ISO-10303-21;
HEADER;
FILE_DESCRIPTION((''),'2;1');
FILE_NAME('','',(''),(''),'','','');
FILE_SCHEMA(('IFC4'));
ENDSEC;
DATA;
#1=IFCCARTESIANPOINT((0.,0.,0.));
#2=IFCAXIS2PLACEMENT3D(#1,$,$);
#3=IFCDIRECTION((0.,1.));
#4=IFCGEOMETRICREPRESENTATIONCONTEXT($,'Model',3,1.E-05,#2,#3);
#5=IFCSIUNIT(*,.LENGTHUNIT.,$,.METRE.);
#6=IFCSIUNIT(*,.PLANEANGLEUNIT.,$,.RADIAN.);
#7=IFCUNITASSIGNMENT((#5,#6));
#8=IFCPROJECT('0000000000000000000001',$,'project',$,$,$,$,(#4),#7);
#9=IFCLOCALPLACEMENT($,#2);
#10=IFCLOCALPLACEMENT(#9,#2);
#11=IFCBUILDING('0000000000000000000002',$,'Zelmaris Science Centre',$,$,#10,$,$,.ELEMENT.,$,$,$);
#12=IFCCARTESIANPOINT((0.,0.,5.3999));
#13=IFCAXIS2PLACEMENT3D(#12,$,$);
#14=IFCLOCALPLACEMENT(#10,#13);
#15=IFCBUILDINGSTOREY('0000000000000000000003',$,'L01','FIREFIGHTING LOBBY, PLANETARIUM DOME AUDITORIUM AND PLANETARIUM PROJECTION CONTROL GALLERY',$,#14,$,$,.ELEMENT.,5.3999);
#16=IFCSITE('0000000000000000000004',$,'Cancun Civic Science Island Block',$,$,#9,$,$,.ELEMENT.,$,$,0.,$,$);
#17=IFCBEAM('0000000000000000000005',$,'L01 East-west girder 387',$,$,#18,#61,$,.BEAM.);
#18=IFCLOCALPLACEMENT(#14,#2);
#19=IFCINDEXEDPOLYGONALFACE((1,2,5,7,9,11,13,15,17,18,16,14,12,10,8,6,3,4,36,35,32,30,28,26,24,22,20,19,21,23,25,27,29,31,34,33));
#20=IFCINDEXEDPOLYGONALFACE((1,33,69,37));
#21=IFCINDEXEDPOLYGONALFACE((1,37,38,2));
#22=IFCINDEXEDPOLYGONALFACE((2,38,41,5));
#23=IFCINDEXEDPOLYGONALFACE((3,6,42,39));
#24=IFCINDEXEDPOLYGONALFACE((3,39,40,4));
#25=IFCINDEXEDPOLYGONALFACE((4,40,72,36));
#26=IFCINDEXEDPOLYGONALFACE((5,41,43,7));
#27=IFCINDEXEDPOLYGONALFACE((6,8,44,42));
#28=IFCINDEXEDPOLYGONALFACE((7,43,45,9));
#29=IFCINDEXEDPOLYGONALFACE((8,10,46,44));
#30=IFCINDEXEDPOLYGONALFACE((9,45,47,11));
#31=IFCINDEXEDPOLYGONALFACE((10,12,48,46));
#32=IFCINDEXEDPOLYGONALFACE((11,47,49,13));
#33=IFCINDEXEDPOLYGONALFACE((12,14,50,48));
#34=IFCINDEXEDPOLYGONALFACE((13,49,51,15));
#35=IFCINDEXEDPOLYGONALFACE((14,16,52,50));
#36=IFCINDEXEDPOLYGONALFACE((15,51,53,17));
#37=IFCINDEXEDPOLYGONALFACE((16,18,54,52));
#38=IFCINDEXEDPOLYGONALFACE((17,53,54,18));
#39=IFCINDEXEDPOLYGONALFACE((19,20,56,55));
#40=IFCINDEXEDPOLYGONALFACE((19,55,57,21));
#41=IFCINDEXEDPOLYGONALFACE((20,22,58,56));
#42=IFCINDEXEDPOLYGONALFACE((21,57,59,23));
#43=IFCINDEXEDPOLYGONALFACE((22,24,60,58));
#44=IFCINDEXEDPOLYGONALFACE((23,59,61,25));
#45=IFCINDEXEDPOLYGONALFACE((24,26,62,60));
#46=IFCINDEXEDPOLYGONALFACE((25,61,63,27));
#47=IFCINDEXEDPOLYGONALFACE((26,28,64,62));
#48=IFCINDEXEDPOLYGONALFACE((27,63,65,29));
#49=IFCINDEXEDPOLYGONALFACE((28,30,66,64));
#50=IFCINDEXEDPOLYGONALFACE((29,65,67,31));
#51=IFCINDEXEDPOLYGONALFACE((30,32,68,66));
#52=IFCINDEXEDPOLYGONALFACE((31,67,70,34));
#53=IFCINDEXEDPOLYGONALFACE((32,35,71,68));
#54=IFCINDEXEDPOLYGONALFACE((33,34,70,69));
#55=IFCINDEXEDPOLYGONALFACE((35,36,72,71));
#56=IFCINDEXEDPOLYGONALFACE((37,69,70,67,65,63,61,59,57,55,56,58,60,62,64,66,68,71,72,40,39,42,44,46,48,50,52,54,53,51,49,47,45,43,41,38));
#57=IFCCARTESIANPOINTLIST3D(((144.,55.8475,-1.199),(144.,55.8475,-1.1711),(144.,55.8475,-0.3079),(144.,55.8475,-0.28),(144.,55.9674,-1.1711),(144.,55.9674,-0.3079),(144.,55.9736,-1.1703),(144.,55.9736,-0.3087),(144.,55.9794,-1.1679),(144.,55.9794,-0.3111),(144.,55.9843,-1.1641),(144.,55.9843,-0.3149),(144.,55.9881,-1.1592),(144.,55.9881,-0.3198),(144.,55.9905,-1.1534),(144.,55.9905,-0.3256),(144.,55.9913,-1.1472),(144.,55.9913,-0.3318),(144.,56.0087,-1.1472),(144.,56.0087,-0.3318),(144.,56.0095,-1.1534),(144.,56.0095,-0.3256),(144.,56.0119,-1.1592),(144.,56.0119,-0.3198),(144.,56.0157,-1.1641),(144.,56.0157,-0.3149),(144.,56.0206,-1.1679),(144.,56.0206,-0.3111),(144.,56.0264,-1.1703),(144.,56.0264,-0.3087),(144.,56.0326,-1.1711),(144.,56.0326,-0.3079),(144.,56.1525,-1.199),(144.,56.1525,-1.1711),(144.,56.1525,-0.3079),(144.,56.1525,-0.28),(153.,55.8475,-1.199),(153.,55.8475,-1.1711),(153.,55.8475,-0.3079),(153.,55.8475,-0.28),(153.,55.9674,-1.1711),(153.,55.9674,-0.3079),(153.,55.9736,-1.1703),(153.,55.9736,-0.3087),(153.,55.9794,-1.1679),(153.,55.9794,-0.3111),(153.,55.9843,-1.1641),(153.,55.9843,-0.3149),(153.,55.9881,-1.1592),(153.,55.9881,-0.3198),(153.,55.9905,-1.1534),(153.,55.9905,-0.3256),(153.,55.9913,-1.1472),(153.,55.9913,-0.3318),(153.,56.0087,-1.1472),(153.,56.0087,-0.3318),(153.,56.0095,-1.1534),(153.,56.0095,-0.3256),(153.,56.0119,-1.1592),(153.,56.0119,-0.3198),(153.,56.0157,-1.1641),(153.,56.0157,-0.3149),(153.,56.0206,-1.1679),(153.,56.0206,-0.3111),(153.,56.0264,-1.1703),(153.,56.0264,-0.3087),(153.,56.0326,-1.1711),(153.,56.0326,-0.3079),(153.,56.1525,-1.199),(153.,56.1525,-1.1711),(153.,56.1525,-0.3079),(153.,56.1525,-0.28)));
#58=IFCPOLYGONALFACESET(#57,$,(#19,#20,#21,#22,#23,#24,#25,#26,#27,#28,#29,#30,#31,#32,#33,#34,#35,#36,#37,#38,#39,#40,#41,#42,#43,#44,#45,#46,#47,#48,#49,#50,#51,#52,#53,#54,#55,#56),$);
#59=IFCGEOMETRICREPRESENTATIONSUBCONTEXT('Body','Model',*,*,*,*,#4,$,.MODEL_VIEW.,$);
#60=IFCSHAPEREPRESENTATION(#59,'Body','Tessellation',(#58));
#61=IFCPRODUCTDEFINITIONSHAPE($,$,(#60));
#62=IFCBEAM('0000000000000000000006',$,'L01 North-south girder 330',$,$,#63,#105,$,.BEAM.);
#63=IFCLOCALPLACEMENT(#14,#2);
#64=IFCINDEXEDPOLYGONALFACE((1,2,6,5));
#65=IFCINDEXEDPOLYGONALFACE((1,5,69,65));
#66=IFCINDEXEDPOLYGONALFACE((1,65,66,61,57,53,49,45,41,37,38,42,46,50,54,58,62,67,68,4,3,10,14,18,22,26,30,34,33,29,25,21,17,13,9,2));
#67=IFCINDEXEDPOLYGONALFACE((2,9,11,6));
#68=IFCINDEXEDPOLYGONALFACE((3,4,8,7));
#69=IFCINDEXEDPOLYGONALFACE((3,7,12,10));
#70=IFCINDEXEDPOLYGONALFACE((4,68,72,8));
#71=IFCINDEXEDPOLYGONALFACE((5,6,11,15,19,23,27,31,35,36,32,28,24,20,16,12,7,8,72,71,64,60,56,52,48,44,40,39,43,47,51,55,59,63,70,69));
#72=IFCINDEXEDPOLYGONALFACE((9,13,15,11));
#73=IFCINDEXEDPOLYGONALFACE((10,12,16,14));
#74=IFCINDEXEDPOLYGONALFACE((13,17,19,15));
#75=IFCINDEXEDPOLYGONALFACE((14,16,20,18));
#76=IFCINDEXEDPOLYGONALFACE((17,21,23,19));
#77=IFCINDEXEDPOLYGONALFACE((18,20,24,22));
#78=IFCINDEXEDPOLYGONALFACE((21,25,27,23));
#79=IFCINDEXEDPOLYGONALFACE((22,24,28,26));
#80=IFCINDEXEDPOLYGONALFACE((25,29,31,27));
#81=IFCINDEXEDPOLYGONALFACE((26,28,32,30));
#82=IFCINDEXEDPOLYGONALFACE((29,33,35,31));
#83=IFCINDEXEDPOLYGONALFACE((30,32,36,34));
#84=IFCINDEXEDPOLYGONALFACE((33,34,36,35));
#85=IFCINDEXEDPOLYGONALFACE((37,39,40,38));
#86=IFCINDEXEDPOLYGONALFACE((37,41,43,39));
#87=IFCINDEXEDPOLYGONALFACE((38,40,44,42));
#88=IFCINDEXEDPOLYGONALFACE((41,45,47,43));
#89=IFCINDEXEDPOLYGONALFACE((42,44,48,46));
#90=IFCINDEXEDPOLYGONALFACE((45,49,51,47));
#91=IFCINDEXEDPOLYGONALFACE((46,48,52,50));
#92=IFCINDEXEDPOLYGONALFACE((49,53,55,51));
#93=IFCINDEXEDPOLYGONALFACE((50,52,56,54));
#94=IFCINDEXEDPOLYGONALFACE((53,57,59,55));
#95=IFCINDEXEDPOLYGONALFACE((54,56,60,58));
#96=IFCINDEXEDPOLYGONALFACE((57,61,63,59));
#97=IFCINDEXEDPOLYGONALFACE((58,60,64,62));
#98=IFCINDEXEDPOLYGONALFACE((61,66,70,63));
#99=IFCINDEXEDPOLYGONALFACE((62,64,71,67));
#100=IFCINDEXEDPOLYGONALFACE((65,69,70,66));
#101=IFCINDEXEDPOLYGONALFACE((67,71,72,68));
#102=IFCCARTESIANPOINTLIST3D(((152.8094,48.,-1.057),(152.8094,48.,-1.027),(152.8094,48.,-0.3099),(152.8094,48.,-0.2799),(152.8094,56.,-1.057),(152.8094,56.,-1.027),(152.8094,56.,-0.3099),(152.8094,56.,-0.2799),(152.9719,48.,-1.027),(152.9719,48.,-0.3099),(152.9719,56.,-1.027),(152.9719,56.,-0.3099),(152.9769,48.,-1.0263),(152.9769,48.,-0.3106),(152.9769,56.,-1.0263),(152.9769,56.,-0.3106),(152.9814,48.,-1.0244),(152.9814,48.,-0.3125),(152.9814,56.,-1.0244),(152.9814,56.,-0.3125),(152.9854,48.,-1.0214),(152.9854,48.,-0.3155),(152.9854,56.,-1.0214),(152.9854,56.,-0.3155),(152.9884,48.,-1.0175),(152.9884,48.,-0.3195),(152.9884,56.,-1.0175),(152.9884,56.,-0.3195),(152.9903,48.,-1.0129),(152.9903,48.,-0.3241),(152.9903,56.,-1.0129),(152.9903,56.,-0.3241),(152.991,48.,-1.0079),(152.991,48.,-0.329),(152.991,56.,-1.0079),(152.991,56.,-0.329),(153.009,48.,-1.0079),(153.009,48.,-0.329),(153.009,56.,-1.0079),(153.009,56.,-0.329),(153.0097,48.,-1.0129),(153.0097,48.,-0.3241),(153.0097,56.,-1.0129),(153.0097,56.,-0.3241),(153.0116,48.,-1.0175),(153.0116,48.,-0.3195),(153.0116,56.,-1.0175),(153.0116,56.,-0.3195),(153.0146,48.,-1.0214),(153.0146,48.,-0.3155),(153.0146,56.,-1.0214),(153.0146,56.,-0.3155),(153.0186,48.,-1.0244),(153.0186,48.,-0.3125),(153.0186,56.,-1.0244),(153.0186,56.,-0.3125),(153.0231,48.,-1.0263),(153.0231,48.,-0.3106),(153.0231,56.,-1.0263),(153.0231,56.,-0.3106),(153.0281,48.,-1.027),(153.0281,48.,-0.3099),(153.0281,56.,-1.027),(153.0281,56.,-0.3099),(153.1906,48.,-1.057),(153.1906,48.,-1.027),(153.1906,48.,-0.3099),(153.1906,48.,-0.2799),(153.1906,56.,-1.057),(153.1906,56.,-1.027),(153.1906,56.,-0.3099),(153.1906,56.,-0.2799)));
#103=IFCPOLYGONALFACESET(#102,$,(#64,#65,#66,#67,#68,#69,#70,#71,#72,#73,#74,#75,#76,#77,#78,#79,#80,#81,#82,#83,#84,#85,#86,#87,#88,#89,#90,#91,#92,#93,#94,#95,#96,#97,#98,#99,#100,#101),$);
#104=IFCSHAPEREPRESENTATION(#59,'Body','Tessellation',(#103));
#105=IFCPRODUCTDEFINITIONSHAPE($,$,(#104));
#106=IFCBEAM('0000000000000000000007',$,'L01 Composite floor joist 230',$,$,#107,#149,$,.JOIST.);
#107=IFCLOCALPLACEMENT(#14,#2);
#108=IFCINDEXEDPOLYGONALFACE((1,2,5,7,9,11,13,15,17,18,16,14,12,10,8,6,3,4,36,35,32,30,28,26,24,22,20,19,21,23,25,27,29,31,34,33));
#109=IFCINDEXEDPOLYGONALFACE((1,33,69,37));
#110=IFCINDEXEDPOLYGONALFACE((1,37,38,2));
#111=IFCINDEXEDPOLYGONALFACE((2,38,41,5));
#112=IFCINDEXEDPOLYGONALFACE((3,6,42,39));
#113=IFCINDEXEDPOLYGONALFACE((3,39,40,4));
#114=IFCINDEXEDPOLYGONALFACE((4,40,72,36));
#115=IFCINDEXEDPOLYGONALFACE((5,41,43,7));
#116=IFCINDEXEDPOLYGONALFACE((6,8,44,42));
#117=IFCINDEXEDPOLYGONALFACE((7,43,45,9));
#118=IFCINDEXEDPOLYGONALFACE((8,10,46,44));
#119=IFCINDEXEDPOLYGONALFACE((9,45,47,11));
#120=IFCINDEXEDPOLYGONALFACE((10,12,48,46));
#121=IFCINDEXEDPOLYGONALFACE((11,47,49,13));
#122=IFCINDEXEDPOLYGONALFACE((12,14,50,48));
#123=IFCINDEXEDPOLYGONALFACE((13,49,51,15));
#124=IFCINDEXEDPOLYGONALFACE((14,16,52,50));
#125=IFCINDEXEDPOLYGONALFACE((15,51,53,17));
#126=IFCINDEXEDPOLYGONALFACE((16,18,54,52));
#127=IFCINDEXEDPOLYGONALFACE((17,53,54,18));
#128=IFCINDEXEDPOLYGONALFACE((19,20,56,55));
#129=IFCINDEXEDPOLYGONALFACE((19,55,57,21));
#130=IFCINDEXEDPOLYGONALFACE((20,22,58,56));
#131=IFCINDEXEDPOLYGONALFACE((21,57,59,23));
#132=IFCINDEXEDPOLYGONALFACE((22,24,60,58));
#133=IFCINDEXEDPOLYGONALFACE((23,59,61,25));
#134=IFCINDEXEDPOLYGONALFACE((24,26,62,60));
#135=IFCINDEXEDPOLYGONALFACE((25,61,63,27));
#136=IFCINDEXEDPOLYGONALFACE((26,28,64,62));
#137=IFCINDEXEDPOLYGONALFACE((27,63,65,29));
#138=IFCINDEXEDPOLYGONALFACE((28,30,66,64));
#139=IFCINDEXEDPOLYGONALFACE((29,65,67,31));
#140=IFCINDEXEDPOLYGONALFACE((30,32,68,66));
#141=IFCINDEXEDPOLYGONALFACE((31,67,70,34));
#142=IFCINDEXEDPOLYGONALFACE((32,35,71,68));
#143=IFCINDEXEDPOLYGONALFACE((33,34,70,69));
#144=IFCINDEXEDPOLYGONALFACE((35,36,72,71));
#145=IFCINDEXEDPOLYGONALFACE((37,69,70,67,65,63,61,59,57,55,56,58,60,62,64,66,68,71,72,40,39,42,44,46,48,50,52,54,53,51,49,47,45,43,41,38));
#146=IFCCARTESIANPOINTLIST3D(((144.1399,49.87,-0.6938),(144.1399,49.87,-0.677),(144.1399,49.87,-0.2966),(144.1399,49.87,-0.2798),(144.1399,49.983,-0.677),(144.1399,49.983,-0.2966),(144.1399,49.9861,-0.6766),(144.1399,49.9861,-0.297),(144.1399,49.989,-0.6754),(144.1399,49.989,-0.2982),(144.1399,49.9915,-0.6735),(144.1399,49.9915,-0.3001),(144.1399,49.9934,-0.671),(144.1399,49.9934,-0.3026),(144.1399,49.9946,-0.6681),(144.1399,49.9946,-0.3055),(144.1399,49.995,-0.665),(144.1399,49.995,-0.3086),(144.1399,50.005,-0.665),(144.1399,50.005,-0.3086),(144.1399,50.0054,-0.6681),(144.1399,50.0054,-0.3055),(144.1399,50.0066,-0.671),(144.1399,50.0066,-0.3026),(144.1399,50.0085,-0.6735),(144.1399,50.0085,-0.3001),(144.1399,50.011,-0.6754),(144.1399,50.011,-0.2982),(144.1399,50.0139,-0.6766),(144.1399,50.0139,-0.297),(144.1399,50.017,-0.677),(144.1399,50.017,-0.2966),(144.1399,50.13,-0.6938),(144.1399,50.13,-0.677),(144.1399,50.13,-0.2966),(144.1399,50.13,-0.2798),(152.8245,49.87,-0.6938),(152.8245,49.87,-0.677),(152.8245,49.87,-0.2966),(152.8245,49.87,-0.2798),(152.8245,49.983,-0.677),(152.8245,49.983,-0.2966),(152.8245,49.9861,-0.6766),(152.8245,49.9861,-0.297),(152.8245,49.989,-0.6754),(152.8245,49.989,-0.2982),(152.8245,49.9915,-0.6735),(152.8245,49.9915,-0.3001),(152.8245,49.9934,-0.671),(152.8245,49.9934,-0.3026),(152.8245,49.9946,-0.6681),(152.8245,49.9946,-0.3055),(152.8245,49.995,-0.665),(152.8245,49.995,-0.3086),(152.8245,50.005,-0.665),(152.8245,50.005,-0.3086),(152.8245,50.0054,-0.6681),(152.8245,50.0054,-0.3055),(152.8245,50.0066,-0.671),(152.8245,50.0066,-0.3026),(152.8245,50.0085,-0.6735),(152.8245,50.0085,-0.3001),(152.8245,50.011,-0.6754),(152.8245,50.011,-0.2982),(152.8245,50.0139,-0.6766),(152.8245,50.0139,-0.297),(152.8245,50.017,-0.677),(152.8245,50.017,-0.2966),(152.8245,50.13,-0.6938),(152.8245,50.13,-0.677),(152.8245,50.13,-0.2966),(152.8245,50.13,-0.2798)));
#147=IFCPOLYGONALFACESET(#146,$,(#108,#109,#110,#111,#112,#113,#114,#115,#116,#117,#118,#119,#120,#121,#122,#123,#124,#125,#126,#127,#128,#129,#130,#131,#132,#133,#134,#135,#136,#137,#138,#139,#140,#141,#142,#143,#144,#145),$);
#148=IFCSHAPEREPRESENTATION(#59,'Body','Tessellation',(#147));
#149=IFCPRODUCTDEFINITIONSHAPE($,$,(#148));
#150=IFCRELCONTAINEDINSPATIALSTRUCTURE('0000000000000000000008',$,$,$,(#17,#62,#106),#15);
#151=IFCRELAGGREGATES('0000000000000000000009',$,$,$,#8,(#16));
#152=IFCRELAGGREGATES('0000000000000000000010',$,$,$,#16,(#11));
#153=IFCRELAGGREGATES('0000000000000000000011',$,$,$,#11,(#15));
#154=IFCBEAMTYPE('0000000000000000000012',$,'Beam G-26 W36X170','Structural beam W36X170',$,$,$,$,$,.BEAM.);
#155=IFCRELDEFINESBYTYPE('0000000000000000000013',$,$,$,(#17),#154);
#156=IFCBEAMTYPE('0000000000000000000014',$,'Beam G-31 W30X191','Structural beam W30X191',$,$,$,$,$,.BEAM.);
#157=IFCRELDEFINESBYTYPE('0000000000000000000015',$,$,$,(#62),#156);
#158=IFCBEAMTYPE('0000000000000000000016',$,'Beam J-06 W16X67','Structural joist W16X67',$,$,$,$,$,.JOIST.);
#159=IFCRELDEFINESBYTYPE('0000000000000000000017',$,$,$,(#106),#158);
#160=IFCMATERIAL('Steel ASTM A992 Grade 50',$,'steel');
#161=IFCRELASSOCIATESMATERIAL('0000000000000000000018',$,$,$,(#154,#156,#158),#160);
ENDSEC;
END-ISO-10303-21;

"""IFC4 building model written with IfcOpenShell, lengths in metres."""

from ifc_helpers import new_model, si_unit, direction, frame, origin, origin_2d, place, context, subcontext, project, spatial, i_section, extrude, material, material_profile, profile_set, type_object, element, save


model = new_model("IFC4")

# Units and contexts
model_context = context("Model", 3, precision=1e-05, world=origin(), true_north=direction((0.0, 1.0)))
body_context = subcontext(model_context, "Body", "Model", "MODEL_VIEW")
ifc_project = project(units=[si_unit("LENGTHUNIT", "METRE"), si_unit("PLANEANGLEUNIT", "RADIAN")], contexts=[model_context])

# Site, building, storey
site_placement = place(None, origin())
site = spatial("IfcSite", under=ifc_project, at=site_placement, Name="Cancun Civic Science Island Block", CompositionType="ELEMENT", RefElevation=0.0)
building_placement = place(site_placement, origin())
building = spatial("IfcBuilding", under=site, at=building_placement, Name="Zelmaris Science Centre", CompositionType="ELEMENT")
storey_placement = place(building_placement, frame((0.0, 0.0, 5.3999)))
storey = spatial("IfcBuildingStorey", under=building, at=storey_placement, Name="L01", Description="FIREFIGHTING LOBBY, PLANETARIUM DOME AUDITORIUM AND PLANETARIUM PROJECTION CONTROL GALLERY", CompositionType="ELEMENT", Elevation=5.3999)

# Shared definitions
ifc_material_1 = material(Name="Steel ASTM A992 Grade 50", Category="steel")

# Beams
ifc_material_profile_1 = material_profile(ifc_material_1, i_section(OverallWidth=0.3049, OverallDepth=0.9189, WebThickness=0.0173, FlangeThickness=0.0278, FilletRadius=0.0239, at=origin_2d()), Name="W36X170")
ifc_profile_set_1 = profile_set([ifc_material_profile_1], Name="Steel ASTM A992 Grade 50")
beam_type_1 = type_object("IfcBeamType", Name="Beam G-26 W36X170", Description="Structural beam W36X170", PredefinedType="BEAM", material=ifc_profile_set_1)
beam_1_placement = place(storey_placement, frame((144.0, 56.0, -0.7395), z_axis=(1.0, 0.0, 0.0), x_axis=(0.0, 1.0, 0.0)))
element("IfcBeam", 1, at=beam_1_placement, inside=storey, type_object=beam_type_1, Name="L01 East-west girder 387", PredefinedType="BEAM", context=body_context, shape_type="SweptSolid", body=[
    extrude(i_section(OverallWidth=0.3049, OverallDepth=0.9189, WebThickness=0.0173, FlangeThickness=0.0278, FilletRadius=0.0239, at=origin_2d()), origin(), (0.0, 0.0, 1.0), 9.0),
])
ifc_material_profile_2 = material_profile(ifc_material_1, i_section(OverallWidth=0.3811, OverallDepth=0.7771, WebThickness=0.0181, FlangeThickness=0.03, FilletRadius=0.019, at=origin_2d()), Name="W30X191")
ifc_profile_set_2 = profile_set([ifc_material_profile_2], Name="Steel ASTM A992 Grade 50")
beam_type_2 = type_object("IfcBeamType", Name="Beam G-31 W30X191", Description="Structural beam W30X191", PredefinedType="BEAM", material=ifc_profile_set_2)
beam_2_placement = place(storey_placement, frame((153.0, 48.0, -0.6685), z_axis=(0.0, 1.0, 0.0), x_axis=(-1.0, 0.0, 0.0)))
element("IfcBeam", 2, at=beam_2_placement, inside=storey, type_object=beam_type_2, Name="L01 North-south girder 330", PredefinedType="BEAM", context=body_context, shape_type="SweptSolid", body=[
    extrude(i_section(OverallWidth=0.3811, OverallDepth=0.7771, WebThickness=0.0181, FlangeThickness=0.03, FilletRadius=0.019, at=origin_2d()), origin(), (0.0, 0.0, 1.0), 8.0),
])
ifc_material_profile_3 = material_profile(ifc_material_1, i_section(OverallWidth=0.26, OverallDepth=0.4141, WebThickness=0.01, FlangeThickness=0.0168, FilletRadius=0.012, at=origin_2d()), Name="W16X67")
ifc_profile_set_3 = profile_set([ifc_material_profile_3], Name="Steel ASTM A992 Grade 50")
beam_type_3 = type_object("IfcBeamType", Name="Beam J-06 W16X67", Description="Structural joist W16X67", PredefinedType="JOIST", material=ifc_profile_set_3)
beam_3_placement = place(storey_placement, frame((144.1399, 50.0, -0.4868), z_axis=(1.0, 0.0, 0.0), x_axis=(0.0, 1.0, 0.0)))
element("IfcBeam", 3, at=beam_3_placement, inside=storey, type_object=beam_type_3, Name="L01 Composite floor joist 230", PredefinedType="JOIST", context=body_context, shape_type="SweptSolid", body=[
    extrude(i_section(OverallWidth=0.26, OverallDepth=0.4141, WebThickness=0.01, FlangeThickness=0.0168, FilletRadius=0.012, at=origin_2d()), origin(), (0.0, 0.0, 1.0), 8.6846),
])

save(model, "model.ifc")
